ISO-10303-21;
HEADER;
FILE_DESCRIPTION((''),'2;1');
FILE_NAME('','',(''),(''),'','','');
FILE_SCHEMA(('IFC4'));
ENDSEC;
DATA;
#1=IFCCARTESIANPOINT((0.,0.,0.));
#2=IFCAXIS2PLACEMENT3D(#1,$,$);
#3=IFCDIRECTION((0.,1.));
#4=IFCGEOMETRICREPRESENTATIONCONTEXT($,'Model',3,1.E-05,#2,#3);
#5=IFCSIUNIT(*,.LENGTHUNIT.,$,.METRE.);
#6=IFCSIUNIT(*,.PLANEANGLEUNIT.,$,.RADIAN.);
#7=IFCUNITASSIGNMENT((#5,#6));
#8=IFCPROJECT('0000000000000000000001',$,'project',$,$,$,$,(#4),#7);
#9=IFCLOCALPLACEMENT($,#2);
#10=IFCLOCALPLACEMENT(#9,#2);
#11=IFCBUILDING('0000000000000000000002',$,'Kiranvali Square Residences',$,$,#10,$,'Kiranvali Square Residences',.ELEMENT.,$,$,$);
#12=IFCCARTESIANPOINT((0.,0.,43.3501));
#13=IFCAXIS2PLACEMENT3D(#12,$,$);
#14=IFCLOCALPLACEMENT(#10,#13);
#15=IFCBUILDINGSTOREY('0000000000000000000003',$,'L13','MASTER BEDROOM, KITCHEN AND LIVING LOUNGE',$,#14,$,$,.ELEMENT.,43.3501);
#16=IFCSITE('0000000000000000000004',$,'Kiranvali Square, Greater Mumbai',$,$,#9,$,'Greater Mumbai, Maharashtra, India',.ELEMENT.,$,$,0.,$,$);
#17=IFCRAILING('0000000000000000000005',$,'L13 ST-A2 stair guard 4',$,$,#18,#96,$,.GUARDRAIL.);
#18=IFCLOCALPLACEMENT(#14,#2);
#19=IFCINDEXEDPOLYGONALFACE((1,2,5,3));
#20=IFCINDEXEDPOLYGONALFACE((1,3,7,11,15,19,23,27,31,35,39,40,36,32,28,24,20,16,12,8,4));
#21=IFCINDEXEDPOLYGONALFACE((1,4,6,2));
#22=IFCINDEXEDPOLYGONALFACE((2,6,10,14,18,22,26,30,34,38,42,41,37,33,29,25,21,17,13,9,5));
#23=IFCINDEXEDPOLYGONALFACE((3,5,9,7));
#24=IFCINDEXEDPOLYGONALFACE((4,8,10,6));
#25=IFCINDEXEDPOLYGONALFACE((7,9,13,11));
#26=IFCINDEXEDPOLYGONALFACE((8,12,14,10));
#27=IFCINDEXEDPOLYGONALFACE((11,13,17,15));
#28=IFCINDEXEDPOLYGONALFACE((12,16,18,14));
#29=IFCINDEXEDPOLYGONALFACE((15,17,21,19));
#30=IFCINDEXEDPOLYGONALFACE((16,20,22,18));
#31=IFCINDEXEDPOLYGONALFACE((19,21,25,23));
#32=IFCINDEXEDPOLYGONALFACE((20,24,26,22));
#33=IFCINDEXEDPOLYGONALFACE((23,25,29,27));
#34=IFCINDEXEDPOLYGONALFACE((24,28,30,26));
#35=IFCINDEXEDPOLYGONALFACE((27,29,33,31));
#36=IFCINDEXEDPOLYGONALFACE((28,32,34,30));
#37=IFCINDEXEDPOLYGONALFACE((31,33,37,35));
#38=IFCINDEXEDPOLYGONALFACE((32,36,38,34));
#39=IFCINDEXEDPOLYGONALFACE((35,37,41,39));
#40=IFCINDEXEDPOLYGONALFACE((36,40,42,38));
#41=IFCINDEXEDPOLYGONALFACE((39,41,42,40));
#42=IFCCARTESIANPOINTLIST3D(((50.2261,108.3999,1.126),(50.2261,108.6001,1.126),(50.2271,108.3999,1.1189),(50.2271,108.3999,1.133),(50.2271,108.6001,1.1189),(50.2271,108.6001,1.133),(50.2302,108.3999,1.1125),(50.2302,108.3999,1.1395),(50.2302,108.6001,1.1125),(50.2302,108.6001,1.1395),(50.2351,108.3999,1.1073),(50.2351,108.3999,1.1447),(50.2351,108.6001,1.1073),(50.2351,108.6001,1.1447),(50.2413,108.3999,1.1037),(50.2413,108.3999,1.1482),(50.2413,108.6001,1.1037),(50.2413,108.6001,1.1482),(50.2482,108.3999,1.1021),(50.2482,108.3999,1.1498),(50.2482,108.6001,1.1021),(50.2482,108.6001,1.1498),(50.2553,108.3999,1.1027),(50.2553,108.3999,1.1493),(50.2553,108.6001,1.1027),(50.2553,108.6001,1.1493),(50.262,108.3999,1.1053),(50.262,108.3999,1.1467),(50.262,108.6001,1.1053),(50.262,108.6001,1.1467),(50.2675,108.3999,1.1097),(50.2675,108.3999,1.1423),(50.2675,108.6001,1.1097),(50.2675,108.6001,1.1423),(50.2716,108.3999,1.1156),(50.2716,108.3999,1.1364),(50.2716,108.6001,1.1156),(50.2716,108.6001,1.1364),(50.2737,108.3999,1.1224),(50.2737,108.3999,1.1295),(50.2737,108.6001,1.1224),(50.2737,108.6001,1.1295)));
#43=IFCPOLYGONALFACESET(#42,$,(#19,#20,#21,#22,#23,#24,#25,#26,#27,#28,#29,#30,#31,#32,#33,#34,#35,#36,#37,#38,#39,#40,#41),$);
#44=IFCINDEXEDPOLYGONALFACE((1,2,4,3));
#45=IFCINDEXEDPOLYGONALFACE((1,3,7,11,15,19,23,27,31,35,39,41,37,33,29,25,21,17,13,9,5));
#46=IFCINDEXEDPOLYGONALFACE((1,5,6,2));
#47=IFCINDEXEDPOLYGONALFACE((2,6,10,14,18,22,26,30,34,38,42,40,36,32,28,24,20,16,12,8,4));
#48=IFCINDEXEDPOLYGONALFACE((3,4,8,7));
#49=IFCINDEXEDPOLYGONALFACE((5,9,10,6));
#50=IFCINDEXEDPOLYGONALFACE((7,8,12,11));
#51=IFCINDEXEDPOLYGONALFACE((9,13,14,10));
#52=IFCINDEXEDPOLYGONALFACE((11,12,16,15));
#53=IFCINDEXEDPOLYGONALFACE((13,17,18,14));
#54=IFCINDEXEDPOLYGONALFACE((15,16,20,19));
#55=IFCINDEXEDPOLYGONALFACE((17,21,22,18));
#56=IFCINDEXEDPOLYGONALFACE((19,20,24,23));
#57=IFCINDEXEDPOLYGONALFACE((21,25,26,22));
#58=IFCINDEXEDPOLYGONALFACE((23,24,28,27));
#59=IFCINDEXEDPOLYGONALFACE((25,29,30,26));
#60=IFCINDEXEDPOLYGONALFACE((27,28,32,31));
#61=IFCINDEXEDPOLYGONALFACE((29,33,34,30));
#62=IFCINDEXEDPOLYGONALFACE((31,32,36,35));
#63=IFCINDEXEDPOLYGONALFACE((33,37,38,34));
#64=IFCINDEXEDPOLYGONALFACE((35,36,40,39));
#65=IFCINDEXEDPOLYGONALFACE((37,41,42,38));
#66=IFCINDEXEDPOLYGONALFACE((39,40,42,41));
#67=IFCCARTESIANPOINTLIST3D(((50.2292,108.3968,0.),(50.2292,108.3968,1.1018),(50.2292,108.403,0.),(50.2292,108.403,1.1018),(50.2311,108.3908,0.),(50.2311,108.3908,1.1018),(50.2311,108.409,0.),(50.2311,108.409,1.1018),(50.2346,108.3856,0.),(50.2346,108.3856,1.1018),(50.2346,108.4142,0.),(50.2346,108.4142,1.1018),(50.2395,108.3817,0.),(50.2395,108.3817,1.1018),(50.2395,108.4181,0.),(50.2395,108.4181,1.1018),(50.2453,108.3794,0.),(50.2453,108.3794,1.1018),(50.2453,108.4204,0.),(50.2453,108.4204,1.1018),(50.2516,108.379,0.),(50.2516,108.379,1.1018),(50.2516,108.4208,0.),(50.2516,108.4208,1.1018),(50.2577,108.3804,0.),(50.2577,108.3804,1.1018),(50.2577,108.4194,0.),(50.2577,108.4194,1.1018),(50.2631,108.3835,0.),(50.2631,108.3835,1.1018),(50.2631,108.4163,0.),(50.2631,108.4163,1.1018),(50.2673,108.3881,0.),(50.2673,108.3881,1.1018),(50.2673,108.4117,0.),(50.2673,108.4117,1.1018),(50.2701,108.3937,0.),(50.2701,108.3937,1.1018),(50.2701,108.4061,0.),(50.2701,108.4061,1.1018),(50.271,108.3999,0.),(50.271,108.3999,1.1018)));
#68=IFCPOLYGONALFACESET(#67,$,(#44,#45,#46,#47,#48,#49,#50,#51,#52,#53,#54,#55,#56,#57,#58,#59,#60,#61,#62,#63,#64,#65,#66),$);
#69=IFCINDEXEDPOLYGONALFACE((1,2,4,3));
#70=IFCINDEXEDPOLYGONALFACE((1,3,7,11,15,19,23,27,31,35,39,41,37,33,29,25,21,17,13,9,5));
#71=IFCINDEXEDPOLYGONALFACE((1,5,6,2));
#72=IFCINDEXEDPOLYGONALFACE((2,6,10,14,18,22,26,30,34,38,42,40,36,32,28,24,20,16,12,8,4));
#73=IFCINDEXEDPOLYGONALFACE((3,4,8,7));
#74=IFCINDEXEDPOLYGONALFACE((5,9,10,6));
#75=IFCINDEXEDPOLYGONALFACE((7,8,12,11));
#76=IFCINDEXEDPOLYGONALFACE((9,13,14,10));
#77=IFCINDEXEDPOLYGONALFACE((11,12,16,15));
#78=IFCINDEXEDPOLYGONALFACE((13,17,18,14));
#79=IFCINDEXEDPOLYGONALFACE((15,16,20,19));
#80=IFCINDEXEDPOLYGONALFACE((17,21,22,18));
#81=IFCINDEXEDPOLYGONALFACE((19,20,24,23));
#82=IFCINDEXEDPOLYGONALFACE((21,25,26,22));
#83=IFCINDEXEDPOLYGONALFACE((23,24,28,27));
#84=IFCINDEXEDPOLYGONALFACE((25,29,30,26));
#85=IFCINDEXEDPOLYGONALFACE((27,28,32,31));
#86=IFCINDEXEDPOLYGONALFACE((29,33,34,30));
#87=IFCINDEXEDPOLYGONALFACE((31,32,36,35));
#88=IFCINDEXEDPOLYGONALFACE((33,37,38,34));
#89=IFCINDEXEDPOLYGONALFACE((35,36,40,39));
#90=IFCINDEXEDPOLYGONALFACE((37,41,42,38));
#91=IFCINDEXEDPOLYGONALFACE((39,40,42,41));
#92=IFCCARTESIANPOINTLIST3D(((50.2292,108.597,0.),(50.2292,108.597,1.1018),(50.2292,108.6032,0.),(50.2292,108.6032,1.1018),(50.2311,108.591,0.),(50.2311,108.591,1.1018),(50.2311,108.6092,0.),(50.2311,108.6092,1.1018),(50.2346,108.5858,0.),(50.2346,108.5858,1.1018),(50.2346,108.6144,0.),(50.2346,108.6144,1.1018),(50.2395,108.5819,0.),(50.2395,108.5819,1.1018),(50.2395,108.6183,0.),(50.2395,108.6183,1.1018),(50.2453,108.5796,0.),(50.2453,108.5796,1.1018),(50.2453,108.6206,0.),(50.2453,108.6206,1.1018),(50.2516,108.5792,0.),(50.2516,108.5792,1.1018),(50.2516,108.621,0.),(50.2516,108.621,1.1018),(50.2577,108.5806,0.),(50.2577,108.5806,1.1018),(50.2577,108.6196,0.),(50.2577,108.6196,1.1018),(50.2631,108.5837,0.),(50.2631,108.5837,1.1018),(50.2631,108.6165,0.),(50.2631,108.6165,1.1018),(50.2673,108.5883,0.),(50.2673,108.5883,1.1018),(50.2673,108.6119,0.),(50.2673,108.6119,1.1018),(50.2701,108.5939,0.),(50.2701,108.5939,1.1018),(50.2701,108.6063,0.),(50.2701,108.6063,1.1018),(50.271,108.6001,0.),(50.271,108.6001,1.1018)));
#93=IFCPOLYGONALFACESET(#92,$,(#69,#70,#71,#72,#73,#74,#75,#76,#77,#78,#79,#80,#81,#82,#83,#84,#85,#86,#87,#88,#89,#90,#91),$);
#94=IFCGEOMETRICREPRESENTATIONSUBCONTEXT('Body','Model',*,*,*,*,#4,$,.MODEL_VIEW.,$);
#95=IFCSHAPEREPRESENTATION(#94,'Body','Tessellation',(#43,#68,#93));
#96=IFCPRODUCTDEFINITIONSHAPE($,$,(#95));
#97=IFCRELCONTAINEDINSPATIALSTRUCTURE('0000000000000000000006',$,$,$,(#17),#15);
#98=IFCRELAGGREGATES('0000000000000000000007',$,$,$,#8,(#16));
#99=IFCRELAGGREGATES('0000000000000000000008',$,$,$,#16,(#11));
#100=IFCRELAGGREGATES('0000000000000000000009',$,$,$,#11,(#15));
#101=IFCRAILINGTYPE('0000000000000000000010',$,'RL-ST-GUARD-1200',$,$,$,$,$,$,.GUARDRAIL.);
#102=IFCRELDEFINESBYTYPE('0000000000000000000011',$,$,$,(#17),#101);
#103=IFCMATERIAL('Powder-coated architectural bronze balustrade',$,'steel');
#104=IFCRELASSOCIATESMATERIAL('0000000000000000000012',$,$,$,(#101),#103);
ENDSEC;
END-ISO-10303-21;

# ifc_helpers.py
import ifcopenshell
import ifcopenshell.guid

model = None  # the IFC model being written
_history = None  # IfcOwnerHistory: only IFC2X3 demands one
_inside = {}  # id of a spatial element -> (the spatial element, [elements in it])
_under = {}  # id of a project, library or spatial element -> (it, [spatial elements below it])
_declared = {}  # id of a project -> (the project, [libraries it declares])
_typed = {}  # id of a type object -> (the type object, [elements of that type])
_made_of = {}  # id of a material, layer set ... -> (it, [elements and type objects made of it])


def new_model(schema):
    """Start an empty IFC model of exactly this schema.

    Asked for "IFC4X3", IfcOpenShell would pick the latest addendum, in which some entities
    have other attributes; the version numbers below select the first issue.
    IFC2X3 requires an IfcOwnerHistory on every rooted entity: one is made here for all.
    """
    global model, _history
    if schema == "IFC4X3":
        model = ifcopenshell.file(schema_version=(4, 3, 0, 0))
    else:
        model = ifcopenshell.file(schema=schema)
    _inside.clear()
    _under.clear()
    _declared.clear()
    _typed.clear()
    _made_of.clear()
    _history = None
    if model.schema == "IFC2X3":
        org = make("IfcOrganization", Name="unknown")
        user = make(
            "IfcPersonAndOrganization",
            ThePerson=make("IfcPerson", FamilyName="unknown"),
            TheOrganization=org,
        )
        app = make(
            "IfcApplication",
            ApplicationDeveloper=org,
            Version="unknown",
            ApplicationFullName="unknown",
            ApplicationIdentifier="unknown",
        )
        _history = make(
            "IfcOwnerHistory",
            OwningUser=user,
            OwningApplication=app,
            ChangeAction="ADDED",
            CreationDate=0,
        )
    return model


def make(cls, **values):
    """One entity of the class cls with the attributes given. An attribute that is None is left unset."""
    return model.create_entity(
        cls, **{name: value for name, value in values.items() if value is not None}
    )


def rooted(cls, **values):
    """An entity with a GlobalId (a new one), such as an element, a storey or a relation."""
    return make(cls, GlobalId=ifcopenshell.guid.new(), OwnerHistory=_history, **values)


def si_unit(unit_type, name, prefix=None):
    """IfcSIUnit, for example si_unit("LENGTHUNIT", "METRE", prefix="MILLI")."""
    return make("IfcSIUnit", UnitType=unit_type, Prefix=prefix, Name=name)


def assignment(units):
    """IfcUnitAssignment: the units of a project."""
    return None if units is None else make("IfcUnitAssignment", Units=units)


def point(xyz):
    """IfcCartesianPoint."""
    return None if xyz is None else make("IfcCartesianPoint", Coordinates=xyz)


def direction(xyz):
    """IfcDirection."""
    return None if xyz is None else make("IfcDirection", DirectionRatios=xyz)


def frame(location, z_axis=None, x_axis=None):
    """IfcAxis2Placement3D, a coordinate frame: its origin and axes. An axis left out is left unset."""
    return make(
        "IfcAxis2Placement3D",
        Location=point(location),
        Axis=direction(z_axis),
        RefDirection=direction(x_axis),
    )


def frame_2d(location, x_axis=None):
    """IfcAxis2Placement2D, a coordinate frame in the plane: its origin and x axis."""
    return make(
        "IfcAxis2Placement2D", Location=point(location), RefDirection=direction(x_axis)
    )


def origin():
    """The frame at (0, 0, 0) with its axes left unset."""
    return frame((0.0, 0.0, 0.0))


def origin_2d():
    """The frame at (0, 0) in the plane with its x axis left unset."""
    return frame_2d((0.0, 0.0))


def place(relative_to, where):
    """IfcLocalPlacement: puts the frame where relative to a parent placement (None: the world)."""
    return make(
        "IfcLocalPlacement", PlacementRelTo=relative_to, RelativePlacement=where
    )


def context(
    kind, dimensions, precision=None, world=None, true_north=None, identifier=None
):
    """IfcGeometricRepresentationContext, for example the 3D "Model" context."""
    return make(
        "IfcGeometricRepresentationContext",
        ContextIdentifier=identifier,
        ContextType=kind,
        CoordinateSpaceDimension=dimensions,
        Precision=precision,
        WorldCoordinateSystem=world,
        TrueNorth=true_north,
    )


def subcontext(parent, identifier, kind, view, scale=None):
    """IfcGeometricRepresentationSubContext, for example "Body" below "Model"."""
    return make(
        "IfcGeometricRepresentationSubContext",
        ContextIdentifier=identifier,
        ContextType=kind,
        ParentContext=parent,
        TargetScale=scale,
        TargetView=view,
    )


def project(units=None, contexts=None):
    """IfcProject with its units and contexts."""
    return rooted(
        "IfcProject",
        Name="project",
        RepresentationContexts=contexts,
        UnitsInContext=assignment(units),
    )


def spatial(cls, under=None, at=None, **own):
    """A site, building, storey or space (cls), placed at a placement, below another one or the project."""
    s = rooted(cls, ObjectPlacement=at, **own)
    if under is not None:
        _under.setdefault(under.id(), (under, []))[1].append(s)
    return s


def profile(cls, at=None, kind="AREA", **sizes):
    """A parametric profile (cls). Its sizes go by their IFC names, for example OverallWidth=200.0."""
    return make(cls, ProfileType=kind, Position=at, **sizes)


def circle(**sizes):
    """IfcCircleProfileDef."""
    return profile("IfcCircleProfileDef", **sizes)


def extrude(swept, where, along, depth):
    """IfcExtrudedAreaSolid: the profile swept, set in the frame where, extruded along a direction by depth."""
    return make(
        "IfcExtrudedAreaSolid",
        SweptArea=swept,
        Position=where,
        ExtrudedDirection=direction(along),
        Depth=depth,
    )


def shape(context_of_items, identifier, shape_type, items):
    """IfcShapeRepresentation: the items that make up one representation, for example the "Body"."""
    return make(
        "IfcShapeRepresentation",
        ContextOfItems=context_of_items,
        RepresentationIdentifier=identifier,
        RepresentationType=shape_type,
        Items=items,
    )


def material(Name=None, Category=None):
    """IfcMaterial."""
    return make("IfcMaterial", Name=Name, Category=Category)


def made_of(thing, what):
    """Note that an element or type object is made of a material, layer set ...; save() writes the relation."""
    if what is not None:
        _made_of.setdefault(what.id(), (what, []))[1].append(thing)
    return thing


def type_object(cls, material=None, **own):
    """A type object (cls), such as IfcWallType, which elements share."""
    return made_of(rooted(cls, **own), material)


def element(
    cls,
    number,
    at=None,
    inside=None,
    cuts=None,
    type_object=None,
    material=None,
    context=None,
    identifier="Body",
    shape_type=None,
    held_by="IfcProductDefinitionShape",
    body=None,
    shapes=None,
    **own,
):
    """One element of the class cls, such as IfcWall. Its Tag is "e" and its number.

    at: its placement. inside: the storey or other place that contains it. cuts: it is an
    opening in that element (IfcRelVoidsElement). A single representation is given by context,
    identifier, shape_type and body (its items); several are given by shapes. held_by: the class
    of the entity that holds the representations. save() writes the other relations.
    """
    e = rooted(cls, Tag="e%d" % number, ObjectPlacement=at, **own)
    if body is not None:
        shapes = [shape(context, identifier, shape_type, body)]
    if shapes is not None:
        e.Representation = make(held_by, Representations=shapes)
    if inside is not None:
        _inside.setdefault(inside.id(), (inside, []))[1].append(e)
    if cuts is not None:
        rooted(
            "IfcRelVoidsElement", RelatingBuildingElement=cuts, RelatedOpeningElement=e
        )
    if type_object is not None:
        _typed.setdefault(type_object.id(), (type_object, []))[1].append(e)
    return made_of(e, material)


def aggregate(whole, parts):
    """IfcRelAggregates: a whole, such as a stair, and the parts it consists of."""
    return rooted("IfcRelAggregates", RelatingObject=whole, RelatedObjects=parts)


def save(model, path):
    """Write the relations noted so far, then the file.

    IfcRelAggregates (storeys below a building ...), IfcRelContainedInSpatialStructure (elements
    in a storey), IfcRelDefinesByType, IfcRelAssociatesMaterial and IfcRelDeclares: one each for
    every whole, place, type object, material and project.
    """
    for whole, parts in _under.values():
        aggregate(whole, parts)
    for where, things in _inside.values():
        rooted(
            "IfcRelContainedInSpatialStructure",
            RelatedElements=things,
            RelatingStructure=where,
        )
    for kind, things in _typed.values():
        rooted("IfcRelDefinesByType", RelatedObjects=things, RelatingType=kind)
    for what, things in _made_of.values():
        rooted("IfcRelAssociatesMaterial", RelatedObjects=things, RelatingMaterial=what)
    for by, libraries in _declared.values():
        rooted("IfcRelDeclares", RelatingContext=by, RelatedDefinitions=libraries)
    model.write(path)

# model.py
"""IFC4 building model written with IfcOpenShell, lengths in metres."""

from ifc_helpers import new_model, si_unit, direction, frame, origin, origin_2d, place, context, subcontext, project, spatial, circle, extrude, material, type_object, element, save


model = new_model("IFC4")

# Units and contexts
model_context = context("Model", 3, precision=1e-05, world=origin(), true_north=direction((0.0, 1.0)))
body_context = subcontext(model_context, "Body", "Model", "MODEL_VIEW")
ifc_project = project(units=[si_unit("LENGTHUNIT", "METRE"), si_unit("PLANEANGLEUNIT", "RADIAN")], contexts=[model_context])

# Site, building, storey
site_placement = place(None, origin())
site = spatial("IfcSite", under=ifc_project, at=site_placement, Name="Kiranvali Square, Greater Mumbai", LongName="Greater Mumbai, Maharashtra, India", CompositionType="ELEMENT", RefElevation=0.0)
building_placement = place(site_placement, origin())
building = spatial("IfcBuilding", under=site, at=building_placement, Name="Kiranvali Square Residences", LongName="Kiranvali Square Residences", CompositionType="ELEMENT")
storey_placement = place(building_placement, frame((0.0, 0.0, 43.3501)))
storey = spatial("IfcBuildingStorey", under=building, at=storey_placement, Name="L13", Description="MASTER BEDROOM, KITCHEN AND LIVING LOUNGE", CompositionType="ELEMENT", Elevation=43.3501)

# Railing
ifc_material_1 = material(Name="Powder-coated architectural bronze balustrade", Category="steel")
railing_type_1 = type_object("IfcRailingType", Name="RL-ST-GUARD-1200", PredefinedType="GUARDRAIL", material=ifc_material_1)
railing_1_placement = place(storey_placement, frame((50.25, 108.3999, 0.0)))
element("IfcRailing", 1, at=railing_1_placement, inside=storey, type_object=railing_type_1, Name="L13 ST-A2 stair guard 4", PredefinedType="GUARDRAIL", context=body_context, shape_type="SweptSolid", body=[
    extrude(circle(Radius=0.0239, at=origin_2d()), frame((0.0, 0.0, 1.126), z_axis=(0.0, 1.0, 0.0), x_axis=(-1.0, 0.0, 0.0)), (0.0, 0.0, 1.0), 0.2002),
    extrude(circle(Radius=0.021, at=origin_2d()), origin(), (0.0, 0.0, 1.0), 1.1018),
    extrude(circle(Radius=0.021, at=origin_2d()), frame((0.0, 0.2002, 0.0)), (0.0, 0.0, 1.0), 1.1018),
])

save(model, "model.ifc")
